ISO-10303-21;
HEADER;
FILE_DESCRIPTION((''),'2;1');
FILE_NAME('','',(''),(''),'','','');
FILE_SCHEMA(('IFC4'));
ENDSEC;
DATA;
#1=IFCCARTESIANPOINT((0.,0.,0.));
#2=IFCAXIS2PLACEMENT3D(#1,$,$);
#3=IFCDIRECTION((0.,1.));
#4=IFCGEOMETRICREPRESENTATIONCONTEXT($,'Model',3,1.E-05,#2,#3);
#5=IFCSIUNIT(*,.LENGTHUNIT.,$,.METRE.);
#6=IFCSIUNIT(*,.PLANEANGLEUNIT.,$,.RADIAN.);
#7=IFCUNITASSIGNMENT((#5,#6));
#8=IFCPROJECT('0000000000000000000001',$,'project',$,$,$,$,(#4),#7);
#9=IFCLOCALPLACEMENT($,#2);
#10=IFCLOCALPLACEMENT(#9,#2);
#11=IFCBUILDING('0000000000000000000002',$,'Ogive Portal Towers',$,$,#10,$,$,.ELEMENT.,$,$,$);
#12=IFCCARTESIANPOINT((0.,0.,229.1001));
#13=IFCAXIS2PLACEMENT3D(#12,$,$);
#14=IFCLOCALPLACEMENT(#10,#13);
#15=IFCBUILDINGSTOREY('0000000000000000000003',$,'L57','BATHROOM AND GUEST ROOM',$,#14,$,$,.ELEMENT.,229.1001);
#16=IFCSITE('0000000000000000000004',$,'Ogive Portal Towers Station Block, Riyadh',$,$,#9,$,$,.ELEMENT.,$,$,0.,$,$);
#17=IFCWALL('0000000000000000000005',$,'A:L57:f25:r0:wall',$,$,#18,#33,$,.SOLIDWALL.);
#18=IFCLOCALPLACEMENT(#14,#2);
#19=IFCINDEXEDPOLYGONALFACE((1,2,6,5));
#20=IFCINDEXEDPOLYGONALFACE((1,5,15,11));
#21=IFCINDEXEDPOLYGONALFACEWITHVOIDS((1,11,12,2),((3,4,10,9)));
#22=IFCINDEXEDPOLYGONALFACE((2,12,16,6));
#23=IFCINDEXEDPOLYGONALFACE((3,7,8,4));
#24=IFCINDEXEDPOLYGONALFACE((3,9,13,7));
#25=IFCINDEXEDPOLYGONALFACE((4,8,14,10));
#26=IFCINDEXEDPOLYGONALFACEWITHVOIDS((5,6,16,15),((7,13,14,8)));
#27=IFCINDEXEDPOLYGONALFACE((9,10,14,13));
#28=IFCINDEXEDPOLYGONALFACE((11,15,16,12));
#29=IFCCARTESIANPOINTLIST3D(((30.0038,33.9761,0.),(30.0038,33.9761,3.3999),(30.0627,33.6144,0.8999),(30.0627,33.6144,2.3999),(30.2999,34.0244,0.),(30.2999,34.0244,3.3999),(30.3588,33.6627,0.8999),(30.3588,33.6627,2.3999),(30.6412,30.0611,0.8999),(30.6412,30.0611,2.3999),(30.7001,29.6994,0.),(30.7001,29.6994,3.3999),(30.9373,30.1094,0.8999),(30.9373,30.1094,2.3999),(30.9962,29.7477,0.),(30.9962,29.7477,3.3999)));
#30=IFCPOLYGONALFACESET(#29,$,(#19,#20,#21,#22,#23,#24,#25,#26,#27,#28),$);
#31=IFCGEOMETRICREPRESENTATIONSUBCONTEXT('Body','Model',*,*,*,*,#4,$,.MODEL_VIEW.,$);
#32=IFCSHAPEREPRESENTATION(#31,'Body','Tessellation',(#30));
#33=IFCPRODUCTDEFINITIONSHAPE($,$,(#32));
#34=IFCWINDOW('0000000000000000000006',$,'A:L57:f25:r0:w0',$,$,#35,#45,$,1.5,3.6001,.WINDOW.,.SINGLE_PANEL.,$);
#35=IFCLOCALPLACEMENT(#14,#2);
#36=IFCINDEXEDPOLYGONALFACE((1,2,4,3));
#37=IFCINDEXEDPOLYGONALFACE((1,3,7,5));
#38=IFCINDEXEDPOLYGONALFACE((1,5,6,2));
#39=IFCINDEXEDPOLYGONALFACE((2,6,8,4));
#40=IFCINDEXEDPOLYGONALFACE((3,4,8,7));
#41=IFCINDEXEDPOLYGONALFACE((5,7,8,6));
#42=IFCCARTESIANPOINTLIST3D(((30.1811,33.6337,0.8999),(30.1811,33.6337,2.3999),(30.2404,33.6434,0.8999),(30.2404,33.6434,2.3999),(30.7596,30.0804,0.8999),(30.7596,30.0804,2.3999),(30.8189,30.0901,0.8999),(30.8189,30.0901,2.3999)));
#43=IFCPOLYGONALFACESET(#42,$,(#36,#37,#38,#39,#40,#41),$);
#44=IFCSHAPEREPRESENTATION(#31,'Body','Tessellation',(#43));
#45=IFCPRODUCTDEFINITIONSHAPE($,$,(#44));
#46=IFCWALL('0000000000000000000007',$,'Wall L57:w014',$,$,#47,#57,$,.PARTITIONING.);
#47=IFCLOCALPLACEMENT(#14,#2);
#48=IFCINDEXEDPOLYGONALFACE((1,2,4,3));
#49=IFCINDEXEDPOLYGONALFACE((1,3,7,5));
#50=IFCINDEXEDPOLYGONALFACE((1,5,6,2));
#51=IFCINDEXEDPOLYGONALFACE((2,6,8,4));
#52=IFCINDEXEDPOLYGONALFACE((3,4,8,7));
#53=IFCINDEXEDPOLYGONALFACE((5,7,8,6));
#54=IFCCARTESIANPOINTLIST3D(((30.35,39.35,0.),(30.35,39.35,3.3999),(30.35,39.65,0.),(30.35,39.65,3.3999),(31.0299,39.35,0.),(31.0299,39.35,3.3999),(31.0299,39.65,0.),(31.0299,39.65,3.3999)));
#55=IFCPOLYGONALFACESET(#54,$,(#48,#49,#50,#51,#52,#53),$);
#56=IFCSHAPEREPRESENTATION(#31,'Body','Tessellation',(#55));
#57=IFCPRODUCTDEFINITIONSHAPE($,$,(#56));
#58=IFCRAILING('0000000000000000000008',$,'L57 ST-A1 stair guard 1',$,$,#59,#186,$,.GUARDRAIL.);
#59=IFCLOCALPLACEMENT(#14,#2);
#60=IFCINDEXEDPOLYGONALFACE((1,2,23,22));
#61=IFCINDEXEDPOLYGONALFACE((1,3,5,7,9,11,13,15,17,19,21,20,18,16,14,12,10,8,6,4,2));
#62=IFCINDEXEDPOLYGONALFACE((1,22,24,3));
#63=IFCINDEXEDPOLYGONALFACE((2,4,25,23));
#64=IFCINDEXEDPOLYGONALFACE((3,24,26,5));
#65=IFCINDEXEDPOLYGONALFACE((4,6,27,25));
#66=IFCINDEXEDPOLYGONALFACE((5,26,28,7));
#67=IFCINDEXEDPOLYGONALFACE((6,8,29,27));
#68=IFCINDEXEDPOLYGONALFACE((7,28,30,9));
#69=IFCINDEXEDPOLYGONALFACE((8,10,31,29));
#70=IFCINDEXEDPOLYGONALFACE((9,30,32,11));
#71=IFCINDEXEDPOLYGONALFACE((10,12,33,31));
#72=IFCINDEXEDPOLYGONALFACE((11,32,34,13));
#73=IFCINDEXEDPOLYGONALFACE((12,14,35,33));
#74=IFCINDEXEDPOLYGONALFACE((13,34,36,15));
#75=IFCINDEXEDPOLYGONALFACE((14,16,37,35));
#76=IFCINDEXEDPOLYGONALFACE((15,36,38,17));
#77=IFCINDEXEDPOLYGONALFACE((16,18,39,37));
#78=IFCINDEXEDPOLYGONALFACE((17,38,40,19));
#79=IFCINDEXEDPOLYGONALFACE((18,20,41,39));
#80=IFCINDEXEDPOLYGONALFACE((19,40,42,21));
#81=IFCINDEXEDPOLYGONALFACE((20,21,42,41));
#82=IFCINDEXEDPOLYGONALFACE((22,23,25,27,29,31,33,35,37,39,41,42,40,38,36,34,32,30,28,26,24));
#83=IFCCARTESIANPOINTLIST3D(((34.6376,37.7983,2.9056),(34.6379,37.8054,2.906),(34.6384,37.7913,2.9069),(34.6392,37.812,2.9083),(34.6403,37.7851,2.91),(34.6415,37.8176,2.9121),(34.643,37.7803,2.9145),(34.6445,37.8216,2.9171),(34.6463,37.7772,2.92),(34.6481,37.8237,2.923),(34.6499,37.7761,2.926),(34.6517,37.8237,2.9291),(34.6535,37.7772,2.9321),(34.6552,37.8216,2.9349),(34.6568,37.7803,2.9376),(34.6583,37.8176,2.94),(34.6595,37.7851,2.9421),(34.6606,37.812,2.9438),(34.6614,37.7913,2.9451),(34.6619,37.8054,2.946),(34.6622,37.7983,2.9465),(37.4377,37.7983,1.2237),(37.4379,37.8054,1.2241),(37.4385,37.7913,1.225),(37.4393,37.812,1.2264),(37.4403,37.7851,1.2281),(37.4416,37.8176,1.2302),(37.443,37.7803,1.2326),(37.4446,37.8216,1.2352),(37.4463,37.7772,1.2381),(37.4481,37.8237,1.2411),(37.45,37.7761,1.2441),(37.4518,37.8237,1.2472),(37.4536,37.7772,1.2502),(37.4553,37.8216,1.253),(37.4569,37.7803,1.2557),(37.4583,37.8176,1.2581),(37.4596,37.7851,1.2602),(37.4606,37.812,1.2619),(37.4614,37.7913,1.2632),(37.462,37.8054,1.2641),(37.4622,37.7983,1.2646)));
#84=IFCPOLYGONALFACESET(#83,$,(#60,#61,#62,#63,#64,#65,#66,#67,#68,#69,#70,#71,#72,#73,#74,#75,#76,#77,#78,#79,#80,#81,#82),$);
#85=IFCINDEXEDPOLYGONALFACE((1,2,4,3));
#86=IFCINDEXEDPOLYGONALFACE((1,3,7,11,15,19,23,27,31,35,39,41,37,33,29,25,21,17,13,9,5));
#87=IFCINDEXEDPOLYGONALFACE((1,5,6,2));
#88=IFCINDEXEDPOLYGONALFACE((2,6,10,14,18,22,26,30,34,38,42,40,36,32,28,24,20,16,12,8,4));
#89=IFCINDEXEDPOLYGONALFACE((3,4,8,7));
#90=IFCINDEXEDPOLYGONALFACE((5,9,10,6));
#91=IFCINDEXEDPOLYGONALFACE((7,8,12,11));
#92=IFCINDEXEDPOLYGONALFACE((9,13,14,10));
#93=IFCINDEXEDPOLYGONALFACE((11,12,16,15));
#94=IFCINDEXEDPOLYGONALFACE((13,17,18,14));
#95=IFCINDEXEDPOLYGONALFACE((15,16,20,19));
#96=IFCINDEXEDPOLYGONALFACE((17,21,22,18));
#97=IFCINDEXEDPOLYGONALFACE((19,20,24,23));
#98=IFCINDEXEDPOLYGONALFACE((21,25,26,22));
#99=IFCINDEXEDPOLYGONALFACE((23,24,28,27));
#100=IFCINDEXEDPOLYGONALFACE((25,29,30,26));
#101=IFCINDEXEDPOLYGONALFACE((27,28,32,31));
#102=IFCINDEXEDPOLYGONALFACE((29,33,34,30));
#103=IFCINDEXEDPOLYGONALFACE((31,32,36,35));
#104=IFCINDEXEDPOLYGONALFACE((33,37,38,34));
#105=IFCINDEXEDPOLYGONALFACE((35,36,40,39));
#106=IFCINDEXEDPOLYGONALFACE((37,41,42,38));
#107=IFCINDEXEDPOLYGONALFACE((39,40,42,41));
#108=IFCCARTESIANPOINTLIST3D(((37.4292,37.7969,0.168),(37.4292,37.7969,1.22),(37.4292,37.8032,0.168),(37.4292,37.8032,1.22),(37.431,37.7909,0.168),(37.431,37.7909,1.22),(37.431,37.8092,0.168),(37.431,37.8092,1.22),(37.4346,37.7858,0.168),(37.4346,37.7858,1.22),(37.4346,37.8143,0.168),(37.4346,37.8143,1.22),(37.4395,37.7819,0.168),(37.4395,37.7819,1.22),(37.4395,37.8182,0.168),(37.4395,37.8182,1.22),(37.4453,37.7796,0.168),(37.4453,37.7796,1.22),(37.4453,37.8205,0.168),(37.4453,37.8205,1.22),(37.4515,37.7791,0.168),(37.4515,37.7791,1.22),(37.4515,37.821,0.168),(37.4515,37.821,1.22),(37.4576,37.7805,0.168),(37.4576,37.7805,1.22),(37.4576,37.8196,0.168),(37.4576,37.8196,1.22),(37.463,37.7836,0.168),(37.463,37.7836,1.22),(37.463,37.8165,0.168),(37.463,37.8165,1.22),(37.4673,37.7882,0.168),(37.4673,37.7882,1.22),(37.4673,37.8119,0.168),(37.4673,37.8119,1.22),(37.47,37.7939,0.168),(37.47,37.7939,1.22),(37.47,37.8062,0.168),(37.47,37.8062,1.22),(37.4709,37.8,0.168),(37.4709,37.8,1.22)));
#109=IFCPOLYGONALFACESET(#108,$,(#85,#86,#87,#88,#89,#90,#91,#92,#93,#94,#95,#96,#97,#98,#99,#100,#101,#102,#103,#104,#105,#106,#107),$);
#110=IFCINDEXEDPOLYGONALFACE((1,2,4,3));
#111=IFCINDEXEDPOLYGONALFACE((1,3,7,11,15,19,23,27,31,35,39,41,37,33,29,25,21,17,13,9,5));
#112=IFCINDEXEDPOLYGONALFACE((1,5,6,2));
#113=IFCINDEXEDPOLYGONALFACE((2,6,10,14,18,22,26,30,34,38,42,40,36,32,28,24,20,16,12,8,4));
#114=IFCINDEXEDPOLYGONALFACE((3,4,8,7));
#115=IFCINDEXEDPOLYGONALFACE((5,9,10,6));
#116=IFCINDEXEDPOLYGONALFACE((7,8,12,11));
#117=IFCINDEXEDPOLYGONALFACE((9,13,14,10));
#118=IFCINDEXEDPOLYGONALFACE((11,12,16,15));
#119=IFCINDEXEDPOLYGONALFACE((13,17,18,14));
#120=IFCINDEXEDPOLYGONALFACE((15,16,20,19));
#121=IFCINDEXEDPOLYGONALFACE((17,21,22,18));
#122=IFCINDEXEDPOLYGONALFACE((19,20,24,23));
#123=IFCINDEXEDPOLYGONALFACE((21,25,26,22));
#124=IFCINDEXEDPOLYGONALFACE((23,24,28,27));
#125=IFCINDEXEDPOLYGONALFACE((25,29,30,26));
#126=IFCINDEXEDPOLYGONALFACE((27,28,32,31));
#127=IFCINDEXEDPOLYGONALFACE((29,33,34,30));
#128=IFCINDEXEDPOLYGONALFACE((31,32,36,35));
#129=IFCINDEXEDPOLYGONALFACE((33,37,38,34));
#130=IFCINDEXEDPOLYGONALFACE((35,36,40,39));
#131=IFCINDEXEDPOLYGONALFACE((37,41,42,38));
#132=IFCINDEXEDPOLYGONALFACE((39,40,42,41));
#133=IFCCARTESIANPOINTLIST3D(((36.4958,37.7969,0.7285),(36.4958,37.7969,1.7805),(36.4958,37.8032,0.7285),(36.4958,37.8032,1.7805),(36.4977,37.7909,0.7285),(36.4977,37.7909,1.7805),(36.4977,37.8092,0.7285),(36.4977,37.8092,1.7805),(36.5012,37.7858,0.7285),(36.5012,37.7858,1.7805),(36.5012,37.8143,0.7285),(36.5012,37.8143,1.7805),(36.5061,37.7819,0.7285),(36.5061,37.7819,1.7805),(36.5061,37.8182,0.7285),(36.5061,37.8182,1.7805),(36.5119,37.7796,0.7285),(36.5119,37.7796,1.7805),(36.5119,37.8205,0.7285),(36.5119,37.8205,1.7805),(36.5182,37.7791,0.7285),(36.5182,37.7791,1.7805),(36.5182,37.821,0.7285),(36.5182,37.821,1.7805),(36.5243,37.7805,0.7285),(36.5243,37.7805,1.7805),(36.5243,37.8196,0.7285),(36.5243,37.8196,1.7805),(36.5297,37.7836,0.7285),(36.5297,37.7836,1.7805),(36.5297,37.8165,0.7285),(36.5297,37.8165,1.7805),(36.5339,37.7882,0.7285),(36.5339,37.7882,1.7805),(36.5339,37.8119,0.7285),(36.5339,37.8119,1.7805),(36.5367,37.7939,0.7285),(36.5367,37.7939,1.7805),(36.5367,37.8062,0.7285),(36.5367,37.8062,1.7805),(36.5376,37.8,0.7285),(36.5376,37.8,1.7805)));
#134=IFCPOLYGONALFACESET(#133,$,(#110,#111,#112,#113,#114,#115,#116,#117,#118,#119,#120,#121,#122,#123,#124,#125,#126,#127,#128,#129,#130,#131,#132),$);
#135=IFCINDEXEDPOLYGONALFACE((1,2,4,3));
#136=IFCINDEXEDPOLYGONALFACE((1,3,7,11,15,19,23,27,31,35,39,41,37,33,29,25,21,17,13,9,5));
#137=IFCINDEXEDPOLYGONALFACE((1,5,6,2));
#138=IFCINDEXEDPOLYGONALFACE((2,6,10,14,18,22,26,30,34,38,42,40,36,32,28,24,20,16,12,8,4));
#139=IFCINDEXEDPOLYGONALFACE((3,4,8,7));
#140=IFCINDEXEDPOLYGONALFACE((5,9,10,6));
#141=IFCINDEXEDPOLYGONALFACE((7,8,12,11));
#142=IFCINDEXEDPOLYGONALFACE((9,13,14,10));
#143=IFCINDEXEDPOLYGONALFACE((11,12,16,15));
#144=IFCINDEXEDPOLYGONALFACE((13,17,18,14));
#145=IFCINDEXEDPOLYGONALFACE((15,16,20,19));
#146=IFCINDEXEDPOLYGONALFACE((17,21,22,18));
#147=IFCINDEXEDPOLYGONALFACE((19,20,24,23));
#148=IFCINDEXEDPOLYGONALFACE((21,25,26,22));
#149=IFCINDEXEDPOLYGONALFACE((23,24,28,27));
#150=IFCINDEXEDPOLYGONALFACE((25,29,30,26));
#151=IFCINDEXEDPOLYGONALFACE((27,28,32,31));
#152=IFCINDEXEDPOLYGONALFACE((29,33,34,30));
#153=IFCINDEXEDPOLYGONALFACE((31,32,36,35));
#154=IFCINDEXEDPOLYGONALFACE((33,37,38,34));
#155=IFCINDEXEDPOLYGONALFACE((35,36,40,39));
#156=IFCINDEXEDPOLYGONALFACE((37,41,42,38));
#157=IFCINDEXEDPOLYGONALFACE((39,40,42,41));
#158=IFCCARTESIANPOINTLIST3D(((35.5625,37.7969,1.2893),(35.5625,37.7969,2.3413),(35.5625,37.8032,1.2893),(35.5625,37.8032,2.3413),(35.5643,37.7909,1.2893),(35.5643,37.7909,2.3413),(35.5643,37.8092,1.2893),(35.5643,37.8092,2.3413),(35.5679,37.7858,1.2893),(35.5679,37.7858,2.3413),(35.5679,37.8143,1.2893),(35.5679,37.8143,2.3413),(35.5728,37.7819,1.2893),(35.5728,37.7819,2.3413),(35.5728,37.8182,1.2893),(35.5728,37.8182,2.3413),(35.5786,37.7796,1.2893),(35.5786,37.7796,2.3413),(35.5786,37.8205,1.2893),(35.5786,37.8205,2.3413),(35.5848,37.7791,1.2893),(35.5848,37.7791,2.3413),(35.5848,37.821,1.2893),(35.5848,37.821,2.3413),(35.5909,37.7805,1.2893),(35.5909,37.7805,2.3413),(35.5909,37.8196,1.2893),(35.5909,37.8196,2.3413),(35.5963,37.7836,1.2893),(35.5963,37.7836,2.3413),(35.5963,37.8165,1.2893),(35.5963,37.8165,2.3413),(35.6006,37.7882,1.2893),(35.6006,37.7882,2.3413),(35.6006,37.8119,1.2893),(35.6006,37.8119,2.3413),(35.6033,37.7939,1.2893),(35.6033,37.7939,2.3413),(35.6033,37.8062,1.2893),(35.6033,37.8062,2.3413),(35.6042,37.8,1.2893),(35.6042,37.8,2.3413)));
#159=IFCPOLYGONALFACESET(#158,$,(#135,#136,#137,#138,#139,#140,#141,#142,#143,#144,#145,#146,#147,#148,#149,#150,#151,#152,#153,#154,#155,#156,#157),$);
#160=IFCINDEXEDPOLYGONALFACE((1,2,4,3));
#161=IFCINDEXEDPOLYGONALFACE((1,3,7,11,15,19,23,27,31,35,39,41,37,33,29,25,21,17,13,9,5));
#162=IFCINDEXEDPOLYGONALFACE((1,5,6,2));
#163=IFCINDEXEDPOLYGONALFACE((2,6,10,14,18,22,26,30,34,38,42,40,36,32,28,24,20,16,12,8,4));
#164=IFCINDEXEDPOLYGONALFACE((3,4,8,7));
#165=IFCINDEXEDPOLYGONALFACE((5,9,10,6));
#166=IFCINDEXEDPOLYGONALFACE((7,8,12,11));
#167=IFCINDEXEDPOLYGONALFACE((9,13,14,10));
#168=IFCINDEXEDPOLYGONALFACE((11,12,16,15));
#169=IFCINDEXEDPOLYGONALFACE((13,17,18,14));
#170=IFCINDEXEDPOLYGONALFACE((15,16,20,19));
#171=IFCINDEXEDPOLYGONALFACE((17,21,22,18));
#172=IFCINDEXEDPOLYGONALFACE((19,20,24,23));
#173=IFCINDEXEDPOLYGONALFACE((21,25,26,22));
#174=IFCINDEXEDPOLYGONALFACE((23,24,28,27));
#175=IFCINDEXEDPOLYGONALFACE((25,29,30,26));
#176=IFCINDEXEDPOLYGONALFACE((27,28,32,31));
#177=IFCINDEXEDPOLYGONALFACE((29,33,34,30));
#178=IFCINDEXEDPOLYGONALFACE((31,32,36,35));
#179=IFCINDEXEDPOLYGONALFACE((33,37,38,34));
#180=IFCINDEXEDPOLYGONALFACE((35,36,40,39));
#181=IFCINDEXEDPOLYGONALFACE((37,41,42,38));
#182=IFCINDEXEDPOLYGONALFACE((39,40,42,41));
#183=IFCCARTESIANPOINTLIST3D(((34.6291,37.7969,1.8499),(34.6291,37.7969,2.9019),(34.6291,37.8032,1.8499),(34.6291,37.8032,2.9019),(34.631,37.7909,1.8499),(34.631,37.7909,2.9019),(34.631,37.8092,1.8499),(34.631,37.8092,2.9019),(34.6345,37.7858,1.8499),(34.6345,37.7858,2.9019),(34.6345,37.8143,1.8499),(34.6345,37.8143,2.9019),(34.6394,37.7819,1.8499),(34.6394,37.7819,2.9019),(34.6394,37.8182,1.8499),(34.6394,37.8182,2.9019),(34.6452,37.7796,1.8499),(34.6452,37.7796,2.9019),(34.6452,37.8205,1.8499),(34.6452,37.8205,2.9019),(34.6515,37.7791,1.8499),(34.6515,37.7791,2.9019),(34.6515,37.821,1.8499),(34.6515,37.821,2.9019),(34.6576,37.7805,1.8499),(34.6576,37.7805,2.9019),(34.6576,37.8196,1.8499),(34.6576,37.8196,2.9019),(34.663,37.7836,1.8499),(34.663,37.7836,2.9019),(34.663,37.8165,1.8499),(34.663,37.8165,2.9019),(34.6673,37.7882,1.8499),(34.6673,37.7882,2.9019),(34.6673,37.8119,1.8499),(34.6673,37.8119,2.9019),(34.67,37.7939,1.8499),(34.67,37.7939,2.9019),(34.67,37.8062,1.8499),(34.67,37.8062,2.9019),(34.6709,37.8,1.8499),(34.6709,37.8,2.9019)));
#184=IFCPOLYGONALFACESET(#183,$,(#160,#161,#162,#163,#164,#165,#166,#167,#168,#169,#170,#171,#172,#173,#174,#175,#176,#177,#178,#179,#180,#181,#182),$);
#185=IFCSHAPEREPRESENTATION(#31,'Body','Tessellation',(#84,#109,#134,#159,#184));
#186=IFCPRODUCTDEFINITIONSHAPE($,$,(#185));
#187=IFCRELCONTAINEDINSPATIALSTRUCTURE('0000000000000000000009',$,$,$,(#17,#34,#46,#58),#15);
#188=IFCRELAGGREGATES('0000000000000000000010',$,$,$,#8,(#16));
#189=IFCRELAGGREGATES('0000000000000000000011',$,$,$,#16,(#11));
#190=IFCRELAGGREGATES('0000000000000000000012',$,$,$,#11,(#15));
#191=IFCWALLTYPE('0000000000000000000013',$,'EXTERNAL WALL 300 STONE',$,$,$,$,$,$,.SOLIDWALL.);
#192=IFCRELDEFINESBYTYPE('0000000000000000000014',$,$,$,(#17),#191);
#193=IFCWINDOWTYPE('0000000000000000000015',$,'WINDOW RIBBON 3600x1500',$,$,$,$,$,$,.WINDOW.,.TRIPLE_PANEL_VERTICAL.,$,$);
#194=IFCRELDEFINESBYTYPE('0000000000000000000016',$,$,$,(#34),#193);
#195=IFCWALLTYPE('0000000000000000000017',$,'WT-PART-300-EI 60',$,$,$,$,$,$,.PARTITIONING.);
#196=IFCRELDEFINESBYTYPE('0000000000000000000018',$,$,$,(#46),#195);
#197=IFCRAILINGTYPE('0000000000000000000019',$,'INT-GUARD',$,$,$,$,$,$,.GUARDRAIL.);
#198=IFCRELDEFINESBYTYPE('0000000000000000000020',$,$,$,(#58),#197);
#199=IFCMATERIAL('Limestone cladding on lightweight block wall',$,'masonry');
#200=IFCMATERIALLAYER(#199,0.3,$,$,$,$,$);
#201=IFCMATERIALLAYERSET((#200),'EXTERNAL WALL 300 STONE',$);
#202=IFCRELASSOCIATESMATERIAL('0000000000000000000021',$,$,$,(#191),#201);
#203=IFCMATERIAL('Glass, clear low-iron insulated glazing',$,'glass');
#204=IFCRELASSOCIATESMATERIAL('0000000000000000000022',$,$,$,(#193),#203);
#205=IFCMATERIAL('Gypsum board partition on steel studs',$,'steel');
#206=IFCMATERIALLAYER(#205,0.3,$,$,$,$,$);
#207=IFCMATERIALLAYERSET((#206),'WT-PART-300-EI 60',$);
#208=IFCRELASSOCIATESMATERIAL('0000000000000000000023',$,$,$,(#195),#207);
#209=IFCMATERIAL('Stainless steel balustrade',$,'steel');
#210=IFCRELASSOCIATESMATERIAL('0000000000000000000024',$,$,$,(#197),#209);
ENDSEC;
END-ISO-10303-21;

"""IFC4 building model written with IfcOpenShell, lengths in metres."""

from ifc_helpers import new_model, si_unit, direction, frame, frame_2d, origin, origin_2d, place, context, subcontext, project, spatial, rectangle, circle, extrude, material, layer, layer_set, type_object, element, fill, save


model = new_model("IFC4")

# Units and contexts
model_context = context("Model", 3, precision=1e-05, world=origin(), true_north=direction((0.0, 1.0)))
body_context = subcontext(model_context, "Body", "Model", "MODEL_VIEW")
ifc_project = project(units=[si_unit("LENGTHUNIT", "METRE"), si_unit("PLANEANGLEUNIT", "RADIAN")], contexts=[model_context])

# Site, building, storey
site_placement = place(None, origin())
site = spatial("IfcSite", under=ifc_project, at=site_placement, Name="Ogive Portal Towers Station Block, Riyadh", CompositionType="ELEMENT", RefElevation=0.0)
building_placement = place(site_placement, origin())
building = spatial("IfcBuilding", under=site, at=building_placement, Name="Ogive Portal Towers", CompositionType="ELEMENT")
storey_placement = place(building_placement, frame((0.0, 0.0, 229.1001)))
storey = spatial("IfcBuildingStorey", under=building, at=storey_placement, Name="L57", Description="BATHROOM AND GUEST ROOM", CompositionType="ELEMENT", Elevation=229.1001)

# Wall, opening, window
ifc_material_1 = material(Name="Limestone cladding on lightweight block wall", Category="masonry")
ifc_layer_1 = layer(ifc_material_1, 0.3)
ifc_layer_set_1 = layer_set([ifc_layer_1], Name="EXTERNAL WALL 300 STONE")
wall_type_1 = type_object("IfcWallType", Name="EXTERNAL WALL 300 STONE", PredefinedType="SOLIDWALL", material=ifc_layer_set_1)
wall_1_placement = place(storey_placement, frame((30.1519, 34.0002, 0.0), z_axis=(0.0, 0.0, 1.0), x_axis=(0.160697, -0.987004, 0.0)))
wall_1 = element("IfcWall", 1, at=wall_1_placement, inside=storey, type_object=wall_type_1, Name="A:L57:f25:r0:wall", PredefinedType="SOLIDWALL", context=body_context, shape_type="SweptSolid", body=[
    extrude(rectangle(XDim=4.333, YDim=0.3, at=frame_2d((2.1665, 0.0))), origin(), (0.0, 0.0, 1.0), 3.3999),
])
opening_1_placement = place(wall_1_placement, frame((0.3665, 0.0, 0.8999)))
opening_1 = element("IfcOpeningElement", 2, at=opening_1_placement, cuts=wall_1, PredefinedType="OPENING", context=body_context, shape_type="SweptSolid", body=[
    extrude(rectangle(XDim=3.6001, YDim=1.5, at=frame_2d((1.8, 0.75))), frame((0.0, 0.1602, 0.0), z_axis=(0.0, -1.0, 0.0), x_axis=(1.0, 0.0, 0.0)), (0.0, 0.0, 1.0), 0.3201),
])
ifc_material_2 = material(Name="Glass, clear low-iron insulated glazing", Category="glass")
window_type = type_object("IfcWindowType", Name="WINDOW RIBBON 3600x1500", PartitioningType="TRIPLE_PANEL_VERTICAL", PredefinedType="WINDOW", material=ifc_material_2)
window_placement = place(opening_1_placement, origin())
window = element("IfcWindow", 3, at=window_placement, inside=storey, type_object=window_type, Name="A:L57:f25:r0:w0", OverallHeight=1.5, OverallWidth=3.6001, PartitioningType="SINGLE_PANEL", PredefinedType="WINDOW", context=body_context, shape_type="SweptSolid", body=[
    extrude(rectangle(XDim=3.6001, YDim=1.5, at=frame_2d((1.8, 0.75))), frame((0.0, 0.03, 0.0), z_axis=(0.0, -1.0, 0.0), x_axis=(1.0, 0.0, 0.0)), (0.0, 0.0, 1.0), 0.0601),
])
fill(opening_1, window)

# Wall
ifc_material_3 = material(Name="Gypsum board partition on steel studs", Category="steel")
ifc_layer_2 = layer(ifc_material_3, 0.3)
ifc_layer_set_2 = layer_set([ifc_layer_2], Name="WT-PART-300-EI 60")
wall_type_2 = type_object("IfcWallType", Name="WT-PART-300-EI 60", PredefinedType="PARTITIONING", material=ifc_layer_set_2)
wall_2_placement = place(storey_placement, frame((30.3501, 39.5, 0.0), z_axis=(0.0, 0.0, 1.0), x_axis=(1.0, 0.0, 0.0)))
element("IfcWall", 4, at=wall_2_placement, inside=storey, type_object=wall_type_2, Name="Wall L57:w014", PredefinedType="PARTITIONING", context=body_context, shape_type="SweptSolid", body=[
    extrude(rectangle(XDim=0.6799, YDim=0.3, at=frame_2d((0.3398, 0.0))), origin(), (0.0, 0.0, 1.0), 3.3999),
])

# Railing
ifc_material_4 = material(Name="Stainless steel balustrade", Category="steel")
railing_type_1 = type_object("IfcRailingType", Name="INT-GUARD", PredefinedType="GUARDRAIL", material=ifc_material_4)
railing_1_placement = place(storey_placement, frame((37.45, 37.8, 0.168)))
element("IfcRailing", 5, at=railing_1_placement, inside=storey, type_object=railing_type_1, Name="L57 ST-A1 stair guard 1", PredefinedType="GUARDRAIL", context=body_context, shape_type="SweptSolid", body=[
    extrude(circle(Radius=0.0239, at=origin_2d()), frame((0.0, 0.0, 1.0762), z_axis=(-0.857242, 0.0, 0.514913), x_axis=(0.0, -1.0, 0.0)), (0.0, 0.0, 1.0), 3.2664),
    extrude(circle(Radius=0.021, at=origin_2d()), origin(), (0.0, 0.0, 1.0), 1.052),
    extrude(circle(Radius=0.021, at=origin_2d()), frame((-0.9333, 0.0, 0.5605)), (0.0, 0.0, 1.0), 1.052),
    extrude(circle(Radius=0.021, at=origin_2d()), frame((-1.8667, 0.0, 1.1213)), (0.0, 0.0, 1.0), 1.052),
    extrude(circle(Radius=0.021, at=origin_2d()), frame((-2.8, 0.0, 1.6819)), (0.0, 0.0, 1.0), 1.052),
])

save(model, "model.ifc")
